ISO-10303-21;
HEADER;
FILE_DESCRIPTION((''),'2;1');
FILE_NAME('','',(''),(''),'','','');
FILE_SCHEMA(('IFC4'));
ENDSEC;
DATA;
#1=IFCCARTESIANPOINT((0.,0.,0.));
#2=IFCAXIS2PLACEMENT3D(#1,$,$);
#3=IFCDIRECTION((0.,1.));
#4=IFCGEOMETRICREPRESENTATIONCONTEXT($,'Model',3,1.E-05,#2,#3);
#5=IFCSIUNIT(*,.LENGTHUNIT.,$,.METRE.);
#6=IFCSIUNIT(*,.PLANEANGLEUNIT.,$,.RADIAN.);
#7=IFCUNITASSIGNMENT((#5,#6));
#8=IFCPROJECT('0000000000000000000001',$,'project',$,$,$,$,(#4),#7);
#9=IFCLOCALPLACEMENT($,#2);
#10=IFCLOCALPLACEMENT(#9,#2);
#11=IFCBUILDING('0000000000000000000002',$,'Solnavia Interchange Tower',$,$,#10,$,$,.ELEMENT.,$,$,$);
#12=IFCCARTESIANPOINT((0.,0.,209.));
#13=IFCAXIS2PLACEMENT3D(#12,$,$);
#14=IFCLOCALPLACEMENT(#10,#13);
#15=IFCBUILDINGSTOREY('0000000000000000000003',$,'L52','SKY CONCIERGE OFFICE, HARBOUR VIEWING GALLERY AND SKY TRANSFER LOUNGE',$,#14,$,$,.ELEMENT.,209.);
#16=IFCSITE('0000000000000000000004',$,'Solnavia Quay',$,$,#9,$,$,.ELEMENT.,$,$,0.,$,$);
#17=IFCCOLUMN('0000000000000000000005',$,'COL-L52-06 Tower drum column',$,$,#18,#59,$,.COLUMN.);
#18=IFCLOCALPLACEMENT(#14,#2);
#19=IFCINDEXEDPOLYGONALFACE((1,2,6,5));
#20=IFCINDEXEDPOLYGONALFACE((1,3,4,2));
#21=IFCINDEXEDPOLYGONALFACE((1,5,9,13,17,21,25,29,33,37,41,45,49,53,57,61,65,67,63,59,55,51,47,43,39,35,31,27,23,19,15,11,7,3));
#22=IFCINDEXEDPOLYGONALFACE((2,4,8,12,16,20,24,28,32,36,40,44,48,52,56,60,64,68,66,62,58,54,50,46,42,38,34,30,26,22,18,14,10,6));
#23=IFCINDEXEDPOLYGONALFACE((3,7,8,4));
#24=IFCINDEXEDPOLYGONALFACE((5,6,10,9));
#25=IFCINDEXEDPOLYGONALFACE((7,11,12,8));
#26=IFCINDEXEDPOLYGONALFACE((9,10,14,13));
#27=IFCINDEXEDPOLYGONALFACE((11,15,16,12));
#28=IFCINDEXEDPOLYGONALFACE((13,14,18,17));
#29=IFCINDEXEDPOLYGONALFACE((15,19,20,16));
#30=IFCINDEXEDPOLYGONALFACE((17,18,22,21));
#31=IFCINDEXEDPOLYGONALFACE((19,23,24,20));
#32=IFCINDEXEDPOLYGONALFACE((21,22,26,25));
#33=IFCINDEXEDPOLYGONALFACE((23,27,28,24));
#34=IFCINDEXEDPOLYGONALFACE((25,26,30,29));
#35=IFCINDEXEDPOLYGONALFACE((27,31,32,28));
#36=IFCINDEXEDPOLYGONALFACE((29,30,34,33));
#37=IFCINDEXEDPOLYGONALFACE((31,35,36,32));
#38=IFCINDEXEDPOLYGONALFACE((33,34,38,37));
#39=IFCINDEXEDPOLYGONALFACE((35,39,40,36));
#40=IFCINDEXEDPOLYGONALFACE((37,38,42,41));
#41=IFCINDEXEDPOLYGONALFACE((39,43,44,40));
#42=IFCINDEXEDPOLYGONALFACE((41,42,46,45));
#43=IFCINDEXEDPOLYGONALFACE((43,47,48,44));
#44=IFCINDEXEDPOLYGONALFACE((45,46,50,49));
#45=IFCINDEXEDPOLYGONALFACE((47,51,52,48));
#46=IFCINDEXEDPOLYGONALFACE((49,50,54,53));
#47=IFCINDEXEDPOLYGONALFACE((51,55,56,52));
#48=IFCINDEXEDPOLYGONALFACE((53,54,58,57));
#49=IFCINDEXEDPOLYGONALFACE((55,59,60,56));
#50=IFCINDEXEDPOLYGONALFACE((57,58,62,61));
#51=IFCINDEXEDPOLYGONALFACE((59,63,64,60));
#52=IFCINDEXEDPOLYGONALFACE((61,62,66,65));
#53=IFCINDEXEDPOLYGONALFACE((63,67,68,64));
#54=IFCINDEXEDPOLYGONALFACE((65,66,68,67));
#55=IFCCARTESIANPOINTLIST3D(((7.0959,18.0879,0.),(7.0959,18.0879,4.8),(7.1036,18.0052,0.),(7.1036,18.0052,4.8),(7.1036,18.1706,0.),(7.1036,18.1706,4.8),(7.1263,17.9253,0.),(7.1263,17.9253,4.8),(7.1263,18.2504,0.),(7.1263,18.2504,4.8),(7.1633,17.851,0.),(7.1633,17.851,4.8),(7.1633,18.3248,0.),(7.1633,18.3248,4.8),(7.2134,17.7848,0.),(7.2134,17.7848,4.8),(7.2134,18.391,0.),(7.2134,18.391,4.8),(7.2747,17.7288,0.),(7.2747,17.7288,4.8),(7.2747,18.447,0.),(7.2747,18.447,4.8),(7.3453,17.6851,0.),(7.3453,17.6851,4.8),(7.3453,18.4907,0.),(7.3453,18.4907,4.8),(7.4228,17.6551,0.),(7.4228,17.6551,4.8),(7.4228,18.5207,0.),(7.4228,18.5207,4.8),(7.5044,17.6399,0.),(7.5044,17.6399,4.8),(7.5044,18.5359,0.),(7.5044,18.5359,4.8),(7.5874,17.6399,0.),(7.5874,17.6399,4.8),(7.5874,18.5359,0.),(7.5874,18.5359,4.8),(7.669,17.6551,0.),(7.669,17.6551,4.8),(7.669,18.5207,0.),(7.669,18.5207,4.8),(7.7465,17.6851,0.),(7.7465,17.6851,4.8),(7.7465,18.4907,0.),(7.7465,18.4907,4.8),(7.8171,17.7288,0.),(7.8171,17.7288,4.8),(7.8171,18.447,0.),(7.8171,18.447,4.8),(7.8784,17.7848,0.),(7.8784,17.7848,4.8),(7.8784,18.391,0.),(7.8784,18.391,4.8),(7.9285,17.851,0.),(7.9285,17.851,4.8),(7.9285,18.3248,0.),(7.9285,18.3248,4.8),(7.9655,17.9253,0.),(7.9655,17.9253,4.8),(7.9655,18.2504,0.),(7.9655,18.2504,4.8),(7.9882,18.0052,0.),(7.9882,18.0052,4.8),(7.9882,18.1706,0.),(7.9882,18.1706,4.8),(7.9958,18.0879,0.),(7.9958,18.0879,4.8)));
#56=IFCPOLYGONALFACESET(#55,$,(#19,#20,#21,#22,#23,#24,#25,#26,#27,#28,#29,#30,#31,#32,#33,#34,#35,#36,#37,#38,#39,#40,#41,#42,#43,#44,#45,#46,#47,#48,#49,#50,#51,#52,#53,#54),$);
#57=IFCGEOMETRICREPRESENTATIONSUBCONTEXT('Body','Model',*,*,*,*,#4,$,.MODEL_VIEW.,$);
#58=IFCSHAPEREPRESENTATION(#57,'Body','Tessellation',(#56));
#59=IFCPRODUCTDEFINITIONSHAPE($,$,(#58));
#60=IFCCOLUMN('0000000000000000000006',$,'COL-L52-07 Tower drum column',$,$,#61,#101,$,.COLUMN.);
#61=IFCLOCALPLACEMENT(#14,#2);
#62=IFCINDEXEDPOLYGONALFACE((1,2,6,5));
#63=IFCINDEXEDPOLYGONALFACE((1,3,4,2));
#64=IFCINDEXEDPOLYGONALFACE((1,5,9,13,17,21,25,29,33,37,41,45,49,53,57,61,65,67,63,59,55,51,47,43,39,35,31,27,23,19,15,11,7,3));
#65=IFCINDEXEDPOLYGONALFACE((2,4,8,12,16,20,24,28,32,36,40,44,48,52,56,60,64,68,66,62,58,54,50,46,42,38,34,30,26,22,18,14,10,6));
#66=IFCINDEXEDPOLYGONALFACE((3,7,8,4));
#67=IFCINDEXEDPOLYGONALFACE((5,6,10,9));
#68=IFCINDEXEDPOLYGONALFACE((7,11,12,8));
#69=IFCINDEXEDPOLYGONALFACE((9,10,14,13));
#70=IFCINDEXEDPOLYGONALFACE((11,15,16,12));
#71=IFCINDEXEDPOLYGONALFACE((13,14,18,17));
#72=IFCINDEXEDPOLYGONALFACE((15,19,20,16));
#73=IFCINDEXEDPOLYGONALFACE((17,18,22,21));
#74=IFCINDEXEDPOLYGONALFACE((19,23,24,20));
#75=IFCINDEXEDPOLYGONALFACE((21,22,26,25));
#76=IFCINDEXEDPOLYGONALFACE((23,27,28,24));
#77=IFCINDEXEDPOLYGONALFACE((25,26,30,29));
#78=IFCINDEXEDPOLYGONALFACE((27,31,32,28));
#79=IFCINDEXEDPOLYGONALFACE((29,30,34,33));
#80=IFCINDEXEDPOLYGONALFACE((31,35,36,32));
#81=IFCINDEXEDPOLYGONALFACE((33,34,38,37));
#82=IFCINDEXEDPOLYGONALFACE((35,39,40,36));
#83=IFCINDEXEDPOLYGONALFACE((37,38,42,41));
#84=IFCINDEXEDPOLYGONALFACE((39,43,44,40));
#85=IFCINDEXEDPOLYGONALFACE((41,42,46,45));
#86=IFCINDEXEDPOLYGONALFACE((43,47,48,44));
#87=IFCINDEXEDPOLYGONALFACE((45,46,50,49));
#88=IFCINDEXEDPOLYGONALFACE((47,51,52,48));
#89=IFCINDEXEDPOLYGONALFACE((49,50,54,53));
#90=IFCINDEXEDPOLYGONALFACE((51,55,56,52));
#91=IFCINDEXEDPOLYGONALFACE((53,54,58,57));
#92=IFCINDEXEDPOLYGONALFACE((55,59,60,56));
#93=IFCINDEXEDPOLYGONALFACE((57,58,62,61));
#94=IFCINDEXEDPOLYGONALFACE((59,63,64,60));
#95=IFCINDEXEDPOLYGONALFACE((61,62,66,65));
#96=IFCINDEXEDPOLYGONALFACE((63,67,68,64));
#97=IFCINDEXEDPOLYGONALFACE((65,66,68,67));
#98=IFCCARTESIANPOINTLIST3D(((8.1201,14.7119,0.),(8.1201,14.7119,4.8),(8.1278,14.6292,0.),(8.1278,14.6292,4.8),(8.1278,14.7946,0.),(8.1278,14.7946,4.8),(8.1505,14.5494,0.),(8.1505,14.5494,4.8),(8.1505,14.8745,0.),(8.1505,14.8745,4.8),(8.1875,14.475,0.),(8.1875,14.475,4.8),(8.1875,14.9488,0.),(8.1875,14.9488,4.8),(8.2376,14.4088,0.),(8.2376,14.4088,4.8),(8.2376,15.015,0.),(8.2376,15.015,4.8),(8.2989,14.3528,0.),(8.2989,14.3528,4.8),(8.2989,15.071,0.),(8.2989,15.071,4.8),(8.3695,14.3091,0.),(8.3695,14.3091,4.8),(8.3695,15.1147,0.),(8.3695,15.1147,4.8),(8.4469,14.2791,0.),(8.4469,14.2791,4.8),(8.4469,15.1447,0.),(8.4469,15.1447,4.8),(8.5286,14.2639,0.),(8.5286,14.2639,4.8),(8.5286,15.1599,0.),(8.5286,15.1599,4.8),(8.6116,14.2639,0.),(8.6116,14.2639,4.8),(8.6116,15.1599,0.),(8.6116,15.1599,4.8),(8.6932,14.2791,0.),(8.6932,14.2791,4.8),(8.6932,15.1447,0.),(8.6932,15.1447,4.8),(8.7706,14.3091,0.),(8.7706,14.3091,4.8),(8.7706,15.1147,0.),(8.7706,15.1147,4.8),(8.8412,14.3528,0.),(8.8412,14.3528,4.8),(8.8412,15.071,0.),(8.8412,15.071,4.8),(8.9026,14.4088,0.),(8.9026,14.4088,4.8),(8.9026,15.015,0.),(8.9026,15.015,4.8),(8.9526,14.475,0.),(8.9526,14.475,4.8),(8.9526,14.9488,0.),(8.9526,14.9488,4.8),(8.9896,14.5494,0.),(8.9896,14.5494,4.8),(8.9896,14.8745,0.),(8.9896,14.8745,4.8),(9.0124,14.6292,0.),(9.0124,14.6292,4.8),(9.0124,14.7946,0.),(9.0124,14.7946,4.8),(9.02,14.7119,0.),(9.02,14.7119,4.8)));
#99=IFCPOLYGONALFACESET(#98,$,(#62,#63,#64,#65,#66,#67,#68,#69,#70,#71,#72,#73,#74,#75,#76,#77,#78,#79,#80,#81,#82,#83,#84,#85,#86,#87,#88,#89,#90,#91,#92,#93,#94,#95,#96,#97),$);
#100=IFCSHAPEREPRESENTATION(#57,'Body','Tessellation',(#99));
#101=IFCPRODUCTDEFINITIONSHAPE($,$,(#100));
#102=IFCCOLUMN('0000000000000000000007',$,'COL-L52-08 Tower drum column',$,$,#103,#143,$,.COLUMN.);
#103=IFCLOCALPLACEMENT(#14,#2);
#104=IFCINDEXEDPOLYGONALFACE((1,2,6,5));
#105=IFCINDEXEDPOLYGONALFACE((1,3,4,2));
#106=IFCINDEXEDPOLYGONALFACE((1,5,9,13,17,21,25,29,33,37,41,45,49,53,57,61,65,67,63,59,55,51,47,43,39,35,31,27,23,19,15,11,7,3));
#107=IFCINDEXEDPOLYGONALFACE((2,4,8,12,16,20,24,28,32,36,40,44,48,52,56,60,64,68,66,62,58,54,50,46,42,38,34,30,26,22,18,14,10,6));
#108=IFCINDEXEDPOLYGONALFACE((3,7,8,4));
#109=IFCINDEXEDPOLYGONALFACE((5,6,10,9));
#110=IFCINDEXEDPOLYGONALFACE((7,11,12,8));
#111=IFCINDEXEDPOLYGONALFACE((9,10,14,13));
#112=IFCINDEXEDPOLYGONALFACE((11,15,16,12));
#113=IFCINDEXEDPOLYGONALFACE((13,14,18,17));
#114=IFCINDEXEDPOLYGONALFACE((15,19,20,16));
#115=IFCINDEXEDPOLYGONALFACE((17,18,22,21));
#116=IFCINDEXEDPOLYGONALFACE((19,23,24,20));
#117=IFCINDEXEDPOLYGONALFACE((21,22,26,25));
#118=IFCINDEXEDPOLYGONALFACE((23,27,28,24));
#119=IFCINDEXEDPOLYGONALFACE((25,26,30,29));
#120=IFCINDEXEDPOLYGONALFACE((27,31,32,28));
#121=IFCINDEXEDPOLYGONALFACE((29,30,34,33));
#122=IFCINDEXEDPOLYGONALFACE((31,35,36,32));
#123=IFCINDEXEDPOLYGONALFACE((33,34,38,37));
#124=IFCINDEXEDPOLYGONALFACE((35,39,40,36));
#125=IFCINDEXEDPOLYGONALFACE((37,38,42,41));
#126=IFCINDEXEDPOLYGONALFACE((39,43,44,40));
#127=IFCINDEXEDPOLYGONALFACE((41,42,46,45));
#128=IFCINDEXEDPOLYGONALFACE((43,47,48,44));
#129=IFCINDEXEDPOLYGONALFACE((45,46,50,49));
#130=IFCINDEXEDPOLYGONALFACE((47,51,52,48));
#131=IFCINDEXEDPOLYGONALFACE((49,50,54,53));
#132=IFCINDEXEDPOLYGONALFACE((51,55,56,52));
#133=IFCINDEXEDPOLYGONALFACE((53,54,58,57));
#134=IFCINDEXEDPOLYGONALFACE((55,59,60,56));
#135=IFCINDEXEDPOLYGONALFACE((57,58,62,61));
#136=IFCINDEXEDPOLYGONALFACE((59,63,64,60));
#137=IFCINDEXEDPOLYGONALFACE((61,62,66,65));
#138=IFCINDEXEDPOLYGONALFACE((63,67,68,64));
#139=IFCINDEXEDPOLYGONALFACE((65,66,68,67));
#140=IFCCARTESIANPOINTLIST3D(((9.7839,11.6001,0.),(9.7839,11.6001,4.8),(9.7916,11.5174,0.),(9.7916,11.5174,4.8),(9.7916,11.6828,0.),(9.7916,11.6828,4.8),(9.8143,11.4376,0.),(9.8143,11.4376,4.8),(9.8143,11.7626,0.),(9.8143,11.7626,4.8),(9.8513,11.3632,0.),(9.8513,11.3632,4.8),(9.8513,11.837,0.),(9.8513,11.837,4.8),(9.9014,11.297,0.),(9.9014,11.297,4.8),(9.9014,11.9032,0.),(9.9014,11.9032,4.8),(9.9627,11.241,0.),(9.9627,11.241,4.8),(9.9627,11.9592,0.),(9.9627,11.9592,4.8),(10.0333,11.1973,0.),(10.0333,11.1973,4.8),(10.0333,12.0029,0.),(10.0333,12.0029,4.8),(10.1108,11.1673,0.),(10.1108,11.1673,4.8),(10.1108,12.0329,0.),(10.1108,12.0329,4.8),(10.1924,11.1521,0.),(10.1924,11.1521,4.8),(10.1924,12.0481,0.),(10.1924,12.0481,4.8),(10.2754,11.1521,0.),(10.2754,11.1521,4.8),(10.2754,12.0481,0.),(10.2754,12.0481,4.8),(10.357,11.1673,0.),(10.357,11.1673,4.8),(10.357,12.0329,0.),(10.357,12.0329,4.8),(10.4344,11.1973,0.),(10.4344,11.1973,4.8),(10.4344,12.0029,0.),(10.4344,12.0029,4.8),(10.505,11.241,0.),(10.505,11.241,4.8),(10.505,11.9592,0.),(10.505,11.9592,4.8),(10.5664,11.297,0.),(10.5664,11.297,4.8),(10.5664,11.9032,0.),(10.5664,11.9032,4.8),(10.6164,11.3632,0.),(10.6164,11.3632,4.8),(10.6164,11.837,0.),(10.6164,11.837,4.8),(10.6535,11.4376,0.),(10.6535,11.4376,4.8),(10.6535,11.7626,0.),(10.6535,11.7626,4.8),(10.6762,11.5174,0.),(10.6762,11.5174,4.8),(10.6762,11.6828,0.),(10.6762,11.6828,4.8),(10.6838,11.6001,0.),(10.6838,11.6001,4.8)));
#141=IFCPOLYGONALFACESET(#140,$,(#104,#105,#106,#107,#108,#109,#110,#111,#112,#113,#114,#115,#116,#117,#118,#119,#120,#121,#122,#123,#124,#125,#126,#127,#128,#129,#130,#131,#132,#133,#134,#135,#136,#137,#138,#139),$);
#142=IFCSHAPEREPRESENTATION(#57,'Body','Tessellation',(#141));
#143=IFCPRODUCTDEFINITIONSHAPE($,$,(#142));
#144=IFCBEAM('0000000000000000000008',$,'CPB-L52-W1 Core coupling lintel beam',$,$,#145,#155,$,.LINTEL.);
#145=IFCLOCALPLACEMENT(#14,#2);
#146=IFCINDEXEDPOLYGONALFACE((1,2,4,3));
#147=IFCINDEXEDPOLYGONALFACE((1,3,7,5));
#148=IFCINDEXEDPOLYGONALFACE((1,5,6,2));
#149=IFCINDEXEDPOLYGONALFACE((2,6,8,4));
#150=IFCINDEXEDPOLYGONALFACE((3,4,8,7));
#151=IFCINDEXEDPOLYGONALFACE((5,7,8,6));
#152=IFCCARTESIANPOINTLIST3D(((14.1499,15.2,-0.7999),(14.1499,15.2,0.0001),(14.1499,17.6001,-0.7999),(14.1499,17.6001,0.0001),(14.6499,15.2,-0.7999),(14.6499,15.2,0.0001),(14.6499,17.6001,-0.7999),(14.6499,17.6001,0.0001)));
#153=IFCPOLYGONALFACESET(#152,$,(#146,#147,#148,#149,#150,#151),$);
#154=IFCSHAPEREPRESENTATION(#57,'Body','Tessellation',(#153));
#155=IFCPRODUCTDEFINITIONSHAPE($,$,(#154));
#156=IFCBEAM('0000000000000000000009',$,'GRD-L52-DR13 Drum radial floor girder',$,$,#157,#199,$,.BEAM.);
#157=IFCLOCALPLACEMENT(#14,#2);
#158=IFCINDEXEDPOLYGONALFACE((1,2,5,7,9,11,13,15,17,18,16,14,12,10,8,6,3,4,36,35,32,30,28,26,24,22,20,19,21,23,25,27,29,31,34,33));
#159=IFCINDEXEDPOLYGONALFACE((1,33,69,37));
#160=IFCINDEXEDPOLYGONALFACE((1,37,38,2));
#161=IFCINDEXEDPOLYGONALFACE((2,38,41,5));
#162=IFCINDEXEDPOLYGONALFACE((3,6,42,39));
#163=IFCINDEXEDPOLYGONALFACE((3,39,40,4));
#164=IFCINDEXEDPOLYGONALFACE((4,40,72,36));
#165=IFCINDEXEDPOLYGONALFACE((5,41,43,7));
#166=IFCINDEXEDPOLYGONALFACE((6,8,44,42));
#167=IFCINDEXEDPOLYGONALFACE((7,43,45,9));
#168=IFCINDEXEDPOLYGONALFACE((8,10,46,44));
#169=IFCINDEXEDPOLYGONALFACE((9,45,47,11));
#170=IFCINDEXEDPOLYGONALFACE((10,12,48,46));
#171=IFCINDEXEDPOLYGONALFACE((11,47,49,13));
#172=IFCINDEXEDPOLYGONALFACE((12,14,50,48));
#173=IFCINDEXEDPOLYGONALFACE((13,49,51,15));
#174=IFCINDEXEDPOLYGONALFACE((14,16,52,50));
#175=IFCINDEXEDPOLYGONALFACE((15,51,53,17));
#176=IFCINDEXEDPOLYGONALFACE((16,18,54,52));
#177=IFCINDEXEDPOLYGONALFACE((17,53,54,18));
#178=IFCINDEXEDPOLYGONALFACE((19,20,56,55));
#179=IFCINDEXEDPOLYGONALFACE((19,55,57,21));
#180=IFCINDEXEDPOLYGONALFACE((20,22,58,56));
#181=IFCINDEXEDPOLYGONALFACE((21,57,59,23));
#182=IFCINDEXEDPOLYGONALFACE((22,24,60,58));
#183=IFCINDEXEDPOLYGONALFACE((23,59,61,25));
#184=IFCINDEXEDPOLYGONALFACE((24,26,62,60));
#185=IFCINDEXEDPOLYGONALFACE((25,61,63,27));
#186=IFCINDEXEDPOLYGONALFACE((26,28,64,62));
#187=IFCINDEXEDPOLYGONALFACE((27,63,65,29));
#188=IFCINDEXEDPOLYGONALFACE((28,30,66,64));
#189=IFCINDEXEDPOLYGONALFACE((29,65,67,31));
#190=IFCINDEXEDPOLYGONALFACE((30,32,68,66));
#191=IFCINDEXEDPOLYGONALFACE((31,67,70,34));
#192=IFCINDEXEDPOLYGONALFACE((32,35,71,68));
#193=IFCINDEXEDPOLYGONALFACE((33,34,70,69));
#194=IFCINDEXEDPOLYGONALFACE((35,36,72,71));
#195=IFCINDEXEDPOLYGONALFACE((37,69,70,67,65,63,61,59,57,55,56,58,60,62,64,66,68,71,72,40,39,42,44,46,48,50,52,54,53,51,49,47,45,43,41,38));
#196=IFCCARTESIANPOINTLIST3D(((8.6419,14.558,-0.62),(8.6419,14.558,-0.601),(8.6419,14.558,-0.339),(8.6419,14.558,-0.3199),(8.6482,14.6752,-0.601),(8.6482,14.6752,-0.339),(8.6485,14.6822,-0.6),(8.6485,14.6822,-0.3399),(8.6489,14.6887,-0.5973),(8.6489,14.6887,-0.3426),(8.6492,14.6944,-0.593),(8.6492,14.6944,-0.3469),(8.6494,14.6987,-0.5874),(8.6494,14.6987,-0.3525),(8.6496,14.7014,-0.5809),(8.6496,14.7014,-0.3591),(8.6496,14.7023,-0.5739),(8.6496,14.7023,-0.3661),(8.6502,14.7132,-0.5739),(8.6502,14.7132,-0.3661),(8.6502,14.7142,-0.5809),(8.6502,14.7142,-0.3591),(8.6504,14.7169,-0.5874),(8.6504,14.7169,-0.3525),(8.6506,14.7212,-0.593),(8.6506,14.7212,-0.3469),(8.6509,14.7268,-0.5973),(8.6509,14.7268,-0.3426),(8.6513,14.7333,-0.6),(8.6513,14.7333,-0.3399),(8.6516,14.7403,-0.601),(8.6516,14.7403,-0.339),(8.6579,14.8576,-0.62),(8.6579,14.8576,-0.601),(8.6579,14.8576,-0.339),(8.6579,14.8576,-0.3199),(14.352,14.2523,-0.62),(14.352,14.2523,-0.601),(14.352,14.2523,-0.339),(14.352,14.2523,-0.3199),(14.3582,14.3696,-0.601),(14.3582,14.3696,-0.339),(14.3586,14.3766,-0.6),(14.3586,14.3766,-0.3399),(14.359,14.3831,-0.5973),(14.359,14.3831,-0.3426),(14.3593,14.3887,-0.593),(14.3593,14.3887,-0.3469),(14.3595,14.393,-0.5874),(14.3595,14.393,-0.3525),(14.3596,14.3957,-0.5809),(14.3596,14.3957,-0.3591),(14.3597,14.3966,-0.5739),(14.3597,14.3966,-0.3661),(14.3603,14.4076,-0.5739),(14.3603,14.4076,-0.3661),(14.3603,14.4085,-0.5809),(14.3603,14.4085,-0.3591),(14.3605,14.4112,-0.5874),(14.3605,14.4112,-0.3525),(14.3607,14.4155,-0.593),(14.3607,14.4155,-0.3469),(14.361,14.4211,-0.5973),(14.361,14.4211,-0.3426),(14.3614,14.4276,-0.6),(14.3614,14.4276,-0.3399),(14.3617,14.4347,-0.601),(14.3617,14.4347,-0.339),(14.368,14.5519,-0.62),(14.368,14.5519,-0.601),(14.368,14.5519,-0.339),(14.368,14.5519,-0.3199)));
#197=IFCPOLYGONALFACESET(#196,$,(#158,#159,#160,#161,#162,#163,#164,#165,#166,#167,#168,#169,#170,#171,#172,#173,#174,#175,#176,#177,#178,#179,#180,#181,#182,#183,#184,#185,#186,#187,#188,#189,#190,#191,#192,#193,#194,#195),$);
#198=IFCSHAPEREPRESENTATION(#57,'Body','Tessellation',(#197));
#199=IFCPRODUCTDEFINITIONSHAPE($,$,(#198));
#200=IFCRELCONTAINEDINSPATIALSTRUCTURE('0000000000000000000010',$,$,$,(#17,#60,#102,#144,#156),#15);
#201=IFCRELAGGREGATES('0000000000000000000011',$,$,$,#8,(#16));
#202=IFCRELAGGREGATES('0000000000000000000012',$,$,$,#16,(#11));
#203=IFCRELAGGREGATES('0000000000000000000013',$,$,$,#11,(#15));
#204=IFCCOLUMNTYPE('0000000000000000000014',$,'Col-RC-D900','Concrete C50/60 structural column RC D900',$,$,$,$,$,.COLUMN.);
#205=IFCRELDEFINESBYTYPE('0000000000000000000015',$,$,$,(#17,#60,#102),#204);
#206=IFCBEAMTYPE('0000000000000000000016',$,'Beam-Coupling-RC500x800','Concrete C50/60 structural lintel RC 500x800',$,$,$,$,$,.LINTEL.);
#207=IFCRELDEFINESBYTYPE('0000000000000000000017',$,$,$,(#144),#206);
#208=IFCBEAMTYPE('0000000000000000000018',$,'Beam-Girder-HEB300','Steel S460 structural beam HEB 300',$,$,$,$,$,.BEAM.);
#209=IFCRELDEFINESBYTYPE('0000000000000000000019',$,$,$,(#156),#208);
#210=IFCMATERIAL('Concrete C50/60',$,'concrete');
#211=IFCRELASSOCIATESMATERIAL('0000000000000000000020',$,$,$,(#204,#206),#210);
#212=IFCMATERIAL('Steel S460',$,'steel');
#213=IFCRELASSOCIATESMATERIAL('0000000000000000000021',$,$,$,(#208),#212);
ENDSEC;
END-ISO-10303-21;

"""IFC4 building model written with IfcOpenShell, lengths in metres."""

from ifc_helpers import new_model, si_unit, direction, frame, origin, origin_2d, place, context, subcontext, project, spatial, rectangle, circle, i_section, extrude, material, material_profile, profile_set, type_object, element, save


model = new_model("IFC4")

# Units and contexts
model_context = context("Model", 3, precision=1e-05, world=origin(), true_north=direction((0.0, 1.0)))
body_context = subcontext(model_context, "Body", "Model", "MODEL_VIEW")
ifc_project = project(units=[si_unit("LENGTHUNIT", "METRE"), si_unit("PLANEANGLEUNIT", "RADIAN")], contexts=[model_context])

# Site, building, storey
site_placement = place(None, origin())
site = spatial("IfcSite", under=ifc_project, at=site_placement, Name="Solnavia Quay", CompositionType="ELEMENT", RefElevation=0.0)
building_placement = place(site_placement, origin())
building = spatial("IfcBuilding", under=site, at=building_placement, Name="Solnavia Interchange Tower", CompositionType="ELEMENT")
storey_placement = place(building_placement, frame((0.0, 0.0, 209.0)))
storey = spatial("IfcBuildingStorey", under=building, at=storey_placement, Name="L52", Description="SKY CONCIERGE OFFICE, HARBOUR VIEWING GALLERY AND SKY TRANSFER LOUNGE", CompositionType="ELEMENT", Elevation=209.0)

# Columns
ifc_material_1 = material(Name="Concrete C50/60", Category="concrete")
ifc_material_profile_1 = material_profile(ifc_material_1, circle(Radius=0.45, at=origin_2d()), Name="RC D900")
ifc_profile_set_1 = profile_set([ifc_material_profile_1], Name="Concrete C50/60")
column_type = type_object("IfcColumnType", Name="Col-RC-D900", Description="Concrete C50/60 structural column RC D900", PredefinedType="COLUMN", material=ifc_profile_set_1)
for number, where, z_axis, x_axis, name in (
    (1, (7.5459, 18.0879, 0.0), (0.0, 0.0, 1.0), (1.0, 0.0, 0.0), "COL-L52-06 Tower drum column"),
    (2, (8.5701, 14.7119, 0.0), (0.0, 0.0, 1.0), (1.0, 0.0, 0.0), "COL-L52-07 Tower drum column"),
    (3, (10.2339, 11.6001, 0.0), (0.0, 0.0, 1.0), (1.0, 0.0, 0.0), "COL-L52-08 Tower drum column"),
):
    element("IfcColumn", number, at=place(storey_placement, frame(where, z_axis=z_axis, x_axis=x_axis)), inside=storey, type_object=column_type, Name=name, PredefinedType="COLUMN", context=body_context, shape_type="SweptSolid", body=[
        extrude(circle(Radius=0.45, at=origin_2d()), origin(), (0.0, 0.0, 1.0), 4.8),
    ])

# Beams
ifc_material_profile_2 = material_profile(ifc_material_1, rectangle(XDim=0.5, YDim=0.8, at=origin_2d()), Name="RC 500x800")
ifc_profile_set_2 = profile_set([ifc_material_profile_2], Name="Concrete C50/60")
beam_type_1 = type_object("IfcBeamType", Name="Beam-Coupling-RC500x800", Description="Concrete C50/60 structural lintel RC 500x800", PredefinedType="LINTEL", material=ifc_profile_set_2)
beam_1_placement = place(storey_placement, frame((14.3999, 15.2, -0.3999), z_axis=(0.0, 1.0, 0.0), x_axis=(-1.0, 0.0, 0.0)))
element("IfcBeam", 4, at=beam_1_placement, inside=storey, type_object=beam_type_1, Name="CPB-L52-W1 Core coupling lintel beam", PredefinedType="LINTEL", context=body_context, shape_type="SweptSolid", body=[
    extrude(rectangle(XDim=0.5, YDim=0.8, at=origin_2d()), origin(), (0.0, 0.0, 1.0), 2.4001),
])
ifc_material_2 = material(Name="Steel S460", Category="steel")
ifc_material_profile_3 = material_profile(ifc_material_2, i_section(OverallWidth=0.3, OverallDepth=0.3, WebThickness=0.011, FlangeThickness=0.019, FilletRadius=0.0271, at=origin_2d()), Name="HEB 300")
ifc_profile_set_3 = profile_set([ifc_material_profile_3], Name="Steel S460")
beam_type_2 = type_object("IfcBeamType", Name="Beam-Girder-HEB300", Description="Steel S460 structural beam HEB 300", PredefinedType="BEAM", material=ifc_profile_set_3)
beam_2_placement = place(storey_placement, frame((8.6499, 14.7078, -0.47), z_axis=(0.99857, -0.053453, 0.0), x_axis=(0.053453, 0.99857, 0.0)))
element("IfcBeam", 5, at=beam_2_placement, inside=storey, type_object=beam_type_2, Name="GRD-L52-DR13 Drum radial floor girder", PredefinedType="BEAM", context=body_context, shape_type="SweptSolid", body=[
    extrude(i_section(OverallWidth=0.3, OverallDepth=0.3, WebThickness=0.011, FlangeThickness=0.019, FilletRadius=0.0271, at=origin_2d()), origin(), (0.0, 0.0, 1.0), 5.7183),
])

save(model, "model.ifc")
